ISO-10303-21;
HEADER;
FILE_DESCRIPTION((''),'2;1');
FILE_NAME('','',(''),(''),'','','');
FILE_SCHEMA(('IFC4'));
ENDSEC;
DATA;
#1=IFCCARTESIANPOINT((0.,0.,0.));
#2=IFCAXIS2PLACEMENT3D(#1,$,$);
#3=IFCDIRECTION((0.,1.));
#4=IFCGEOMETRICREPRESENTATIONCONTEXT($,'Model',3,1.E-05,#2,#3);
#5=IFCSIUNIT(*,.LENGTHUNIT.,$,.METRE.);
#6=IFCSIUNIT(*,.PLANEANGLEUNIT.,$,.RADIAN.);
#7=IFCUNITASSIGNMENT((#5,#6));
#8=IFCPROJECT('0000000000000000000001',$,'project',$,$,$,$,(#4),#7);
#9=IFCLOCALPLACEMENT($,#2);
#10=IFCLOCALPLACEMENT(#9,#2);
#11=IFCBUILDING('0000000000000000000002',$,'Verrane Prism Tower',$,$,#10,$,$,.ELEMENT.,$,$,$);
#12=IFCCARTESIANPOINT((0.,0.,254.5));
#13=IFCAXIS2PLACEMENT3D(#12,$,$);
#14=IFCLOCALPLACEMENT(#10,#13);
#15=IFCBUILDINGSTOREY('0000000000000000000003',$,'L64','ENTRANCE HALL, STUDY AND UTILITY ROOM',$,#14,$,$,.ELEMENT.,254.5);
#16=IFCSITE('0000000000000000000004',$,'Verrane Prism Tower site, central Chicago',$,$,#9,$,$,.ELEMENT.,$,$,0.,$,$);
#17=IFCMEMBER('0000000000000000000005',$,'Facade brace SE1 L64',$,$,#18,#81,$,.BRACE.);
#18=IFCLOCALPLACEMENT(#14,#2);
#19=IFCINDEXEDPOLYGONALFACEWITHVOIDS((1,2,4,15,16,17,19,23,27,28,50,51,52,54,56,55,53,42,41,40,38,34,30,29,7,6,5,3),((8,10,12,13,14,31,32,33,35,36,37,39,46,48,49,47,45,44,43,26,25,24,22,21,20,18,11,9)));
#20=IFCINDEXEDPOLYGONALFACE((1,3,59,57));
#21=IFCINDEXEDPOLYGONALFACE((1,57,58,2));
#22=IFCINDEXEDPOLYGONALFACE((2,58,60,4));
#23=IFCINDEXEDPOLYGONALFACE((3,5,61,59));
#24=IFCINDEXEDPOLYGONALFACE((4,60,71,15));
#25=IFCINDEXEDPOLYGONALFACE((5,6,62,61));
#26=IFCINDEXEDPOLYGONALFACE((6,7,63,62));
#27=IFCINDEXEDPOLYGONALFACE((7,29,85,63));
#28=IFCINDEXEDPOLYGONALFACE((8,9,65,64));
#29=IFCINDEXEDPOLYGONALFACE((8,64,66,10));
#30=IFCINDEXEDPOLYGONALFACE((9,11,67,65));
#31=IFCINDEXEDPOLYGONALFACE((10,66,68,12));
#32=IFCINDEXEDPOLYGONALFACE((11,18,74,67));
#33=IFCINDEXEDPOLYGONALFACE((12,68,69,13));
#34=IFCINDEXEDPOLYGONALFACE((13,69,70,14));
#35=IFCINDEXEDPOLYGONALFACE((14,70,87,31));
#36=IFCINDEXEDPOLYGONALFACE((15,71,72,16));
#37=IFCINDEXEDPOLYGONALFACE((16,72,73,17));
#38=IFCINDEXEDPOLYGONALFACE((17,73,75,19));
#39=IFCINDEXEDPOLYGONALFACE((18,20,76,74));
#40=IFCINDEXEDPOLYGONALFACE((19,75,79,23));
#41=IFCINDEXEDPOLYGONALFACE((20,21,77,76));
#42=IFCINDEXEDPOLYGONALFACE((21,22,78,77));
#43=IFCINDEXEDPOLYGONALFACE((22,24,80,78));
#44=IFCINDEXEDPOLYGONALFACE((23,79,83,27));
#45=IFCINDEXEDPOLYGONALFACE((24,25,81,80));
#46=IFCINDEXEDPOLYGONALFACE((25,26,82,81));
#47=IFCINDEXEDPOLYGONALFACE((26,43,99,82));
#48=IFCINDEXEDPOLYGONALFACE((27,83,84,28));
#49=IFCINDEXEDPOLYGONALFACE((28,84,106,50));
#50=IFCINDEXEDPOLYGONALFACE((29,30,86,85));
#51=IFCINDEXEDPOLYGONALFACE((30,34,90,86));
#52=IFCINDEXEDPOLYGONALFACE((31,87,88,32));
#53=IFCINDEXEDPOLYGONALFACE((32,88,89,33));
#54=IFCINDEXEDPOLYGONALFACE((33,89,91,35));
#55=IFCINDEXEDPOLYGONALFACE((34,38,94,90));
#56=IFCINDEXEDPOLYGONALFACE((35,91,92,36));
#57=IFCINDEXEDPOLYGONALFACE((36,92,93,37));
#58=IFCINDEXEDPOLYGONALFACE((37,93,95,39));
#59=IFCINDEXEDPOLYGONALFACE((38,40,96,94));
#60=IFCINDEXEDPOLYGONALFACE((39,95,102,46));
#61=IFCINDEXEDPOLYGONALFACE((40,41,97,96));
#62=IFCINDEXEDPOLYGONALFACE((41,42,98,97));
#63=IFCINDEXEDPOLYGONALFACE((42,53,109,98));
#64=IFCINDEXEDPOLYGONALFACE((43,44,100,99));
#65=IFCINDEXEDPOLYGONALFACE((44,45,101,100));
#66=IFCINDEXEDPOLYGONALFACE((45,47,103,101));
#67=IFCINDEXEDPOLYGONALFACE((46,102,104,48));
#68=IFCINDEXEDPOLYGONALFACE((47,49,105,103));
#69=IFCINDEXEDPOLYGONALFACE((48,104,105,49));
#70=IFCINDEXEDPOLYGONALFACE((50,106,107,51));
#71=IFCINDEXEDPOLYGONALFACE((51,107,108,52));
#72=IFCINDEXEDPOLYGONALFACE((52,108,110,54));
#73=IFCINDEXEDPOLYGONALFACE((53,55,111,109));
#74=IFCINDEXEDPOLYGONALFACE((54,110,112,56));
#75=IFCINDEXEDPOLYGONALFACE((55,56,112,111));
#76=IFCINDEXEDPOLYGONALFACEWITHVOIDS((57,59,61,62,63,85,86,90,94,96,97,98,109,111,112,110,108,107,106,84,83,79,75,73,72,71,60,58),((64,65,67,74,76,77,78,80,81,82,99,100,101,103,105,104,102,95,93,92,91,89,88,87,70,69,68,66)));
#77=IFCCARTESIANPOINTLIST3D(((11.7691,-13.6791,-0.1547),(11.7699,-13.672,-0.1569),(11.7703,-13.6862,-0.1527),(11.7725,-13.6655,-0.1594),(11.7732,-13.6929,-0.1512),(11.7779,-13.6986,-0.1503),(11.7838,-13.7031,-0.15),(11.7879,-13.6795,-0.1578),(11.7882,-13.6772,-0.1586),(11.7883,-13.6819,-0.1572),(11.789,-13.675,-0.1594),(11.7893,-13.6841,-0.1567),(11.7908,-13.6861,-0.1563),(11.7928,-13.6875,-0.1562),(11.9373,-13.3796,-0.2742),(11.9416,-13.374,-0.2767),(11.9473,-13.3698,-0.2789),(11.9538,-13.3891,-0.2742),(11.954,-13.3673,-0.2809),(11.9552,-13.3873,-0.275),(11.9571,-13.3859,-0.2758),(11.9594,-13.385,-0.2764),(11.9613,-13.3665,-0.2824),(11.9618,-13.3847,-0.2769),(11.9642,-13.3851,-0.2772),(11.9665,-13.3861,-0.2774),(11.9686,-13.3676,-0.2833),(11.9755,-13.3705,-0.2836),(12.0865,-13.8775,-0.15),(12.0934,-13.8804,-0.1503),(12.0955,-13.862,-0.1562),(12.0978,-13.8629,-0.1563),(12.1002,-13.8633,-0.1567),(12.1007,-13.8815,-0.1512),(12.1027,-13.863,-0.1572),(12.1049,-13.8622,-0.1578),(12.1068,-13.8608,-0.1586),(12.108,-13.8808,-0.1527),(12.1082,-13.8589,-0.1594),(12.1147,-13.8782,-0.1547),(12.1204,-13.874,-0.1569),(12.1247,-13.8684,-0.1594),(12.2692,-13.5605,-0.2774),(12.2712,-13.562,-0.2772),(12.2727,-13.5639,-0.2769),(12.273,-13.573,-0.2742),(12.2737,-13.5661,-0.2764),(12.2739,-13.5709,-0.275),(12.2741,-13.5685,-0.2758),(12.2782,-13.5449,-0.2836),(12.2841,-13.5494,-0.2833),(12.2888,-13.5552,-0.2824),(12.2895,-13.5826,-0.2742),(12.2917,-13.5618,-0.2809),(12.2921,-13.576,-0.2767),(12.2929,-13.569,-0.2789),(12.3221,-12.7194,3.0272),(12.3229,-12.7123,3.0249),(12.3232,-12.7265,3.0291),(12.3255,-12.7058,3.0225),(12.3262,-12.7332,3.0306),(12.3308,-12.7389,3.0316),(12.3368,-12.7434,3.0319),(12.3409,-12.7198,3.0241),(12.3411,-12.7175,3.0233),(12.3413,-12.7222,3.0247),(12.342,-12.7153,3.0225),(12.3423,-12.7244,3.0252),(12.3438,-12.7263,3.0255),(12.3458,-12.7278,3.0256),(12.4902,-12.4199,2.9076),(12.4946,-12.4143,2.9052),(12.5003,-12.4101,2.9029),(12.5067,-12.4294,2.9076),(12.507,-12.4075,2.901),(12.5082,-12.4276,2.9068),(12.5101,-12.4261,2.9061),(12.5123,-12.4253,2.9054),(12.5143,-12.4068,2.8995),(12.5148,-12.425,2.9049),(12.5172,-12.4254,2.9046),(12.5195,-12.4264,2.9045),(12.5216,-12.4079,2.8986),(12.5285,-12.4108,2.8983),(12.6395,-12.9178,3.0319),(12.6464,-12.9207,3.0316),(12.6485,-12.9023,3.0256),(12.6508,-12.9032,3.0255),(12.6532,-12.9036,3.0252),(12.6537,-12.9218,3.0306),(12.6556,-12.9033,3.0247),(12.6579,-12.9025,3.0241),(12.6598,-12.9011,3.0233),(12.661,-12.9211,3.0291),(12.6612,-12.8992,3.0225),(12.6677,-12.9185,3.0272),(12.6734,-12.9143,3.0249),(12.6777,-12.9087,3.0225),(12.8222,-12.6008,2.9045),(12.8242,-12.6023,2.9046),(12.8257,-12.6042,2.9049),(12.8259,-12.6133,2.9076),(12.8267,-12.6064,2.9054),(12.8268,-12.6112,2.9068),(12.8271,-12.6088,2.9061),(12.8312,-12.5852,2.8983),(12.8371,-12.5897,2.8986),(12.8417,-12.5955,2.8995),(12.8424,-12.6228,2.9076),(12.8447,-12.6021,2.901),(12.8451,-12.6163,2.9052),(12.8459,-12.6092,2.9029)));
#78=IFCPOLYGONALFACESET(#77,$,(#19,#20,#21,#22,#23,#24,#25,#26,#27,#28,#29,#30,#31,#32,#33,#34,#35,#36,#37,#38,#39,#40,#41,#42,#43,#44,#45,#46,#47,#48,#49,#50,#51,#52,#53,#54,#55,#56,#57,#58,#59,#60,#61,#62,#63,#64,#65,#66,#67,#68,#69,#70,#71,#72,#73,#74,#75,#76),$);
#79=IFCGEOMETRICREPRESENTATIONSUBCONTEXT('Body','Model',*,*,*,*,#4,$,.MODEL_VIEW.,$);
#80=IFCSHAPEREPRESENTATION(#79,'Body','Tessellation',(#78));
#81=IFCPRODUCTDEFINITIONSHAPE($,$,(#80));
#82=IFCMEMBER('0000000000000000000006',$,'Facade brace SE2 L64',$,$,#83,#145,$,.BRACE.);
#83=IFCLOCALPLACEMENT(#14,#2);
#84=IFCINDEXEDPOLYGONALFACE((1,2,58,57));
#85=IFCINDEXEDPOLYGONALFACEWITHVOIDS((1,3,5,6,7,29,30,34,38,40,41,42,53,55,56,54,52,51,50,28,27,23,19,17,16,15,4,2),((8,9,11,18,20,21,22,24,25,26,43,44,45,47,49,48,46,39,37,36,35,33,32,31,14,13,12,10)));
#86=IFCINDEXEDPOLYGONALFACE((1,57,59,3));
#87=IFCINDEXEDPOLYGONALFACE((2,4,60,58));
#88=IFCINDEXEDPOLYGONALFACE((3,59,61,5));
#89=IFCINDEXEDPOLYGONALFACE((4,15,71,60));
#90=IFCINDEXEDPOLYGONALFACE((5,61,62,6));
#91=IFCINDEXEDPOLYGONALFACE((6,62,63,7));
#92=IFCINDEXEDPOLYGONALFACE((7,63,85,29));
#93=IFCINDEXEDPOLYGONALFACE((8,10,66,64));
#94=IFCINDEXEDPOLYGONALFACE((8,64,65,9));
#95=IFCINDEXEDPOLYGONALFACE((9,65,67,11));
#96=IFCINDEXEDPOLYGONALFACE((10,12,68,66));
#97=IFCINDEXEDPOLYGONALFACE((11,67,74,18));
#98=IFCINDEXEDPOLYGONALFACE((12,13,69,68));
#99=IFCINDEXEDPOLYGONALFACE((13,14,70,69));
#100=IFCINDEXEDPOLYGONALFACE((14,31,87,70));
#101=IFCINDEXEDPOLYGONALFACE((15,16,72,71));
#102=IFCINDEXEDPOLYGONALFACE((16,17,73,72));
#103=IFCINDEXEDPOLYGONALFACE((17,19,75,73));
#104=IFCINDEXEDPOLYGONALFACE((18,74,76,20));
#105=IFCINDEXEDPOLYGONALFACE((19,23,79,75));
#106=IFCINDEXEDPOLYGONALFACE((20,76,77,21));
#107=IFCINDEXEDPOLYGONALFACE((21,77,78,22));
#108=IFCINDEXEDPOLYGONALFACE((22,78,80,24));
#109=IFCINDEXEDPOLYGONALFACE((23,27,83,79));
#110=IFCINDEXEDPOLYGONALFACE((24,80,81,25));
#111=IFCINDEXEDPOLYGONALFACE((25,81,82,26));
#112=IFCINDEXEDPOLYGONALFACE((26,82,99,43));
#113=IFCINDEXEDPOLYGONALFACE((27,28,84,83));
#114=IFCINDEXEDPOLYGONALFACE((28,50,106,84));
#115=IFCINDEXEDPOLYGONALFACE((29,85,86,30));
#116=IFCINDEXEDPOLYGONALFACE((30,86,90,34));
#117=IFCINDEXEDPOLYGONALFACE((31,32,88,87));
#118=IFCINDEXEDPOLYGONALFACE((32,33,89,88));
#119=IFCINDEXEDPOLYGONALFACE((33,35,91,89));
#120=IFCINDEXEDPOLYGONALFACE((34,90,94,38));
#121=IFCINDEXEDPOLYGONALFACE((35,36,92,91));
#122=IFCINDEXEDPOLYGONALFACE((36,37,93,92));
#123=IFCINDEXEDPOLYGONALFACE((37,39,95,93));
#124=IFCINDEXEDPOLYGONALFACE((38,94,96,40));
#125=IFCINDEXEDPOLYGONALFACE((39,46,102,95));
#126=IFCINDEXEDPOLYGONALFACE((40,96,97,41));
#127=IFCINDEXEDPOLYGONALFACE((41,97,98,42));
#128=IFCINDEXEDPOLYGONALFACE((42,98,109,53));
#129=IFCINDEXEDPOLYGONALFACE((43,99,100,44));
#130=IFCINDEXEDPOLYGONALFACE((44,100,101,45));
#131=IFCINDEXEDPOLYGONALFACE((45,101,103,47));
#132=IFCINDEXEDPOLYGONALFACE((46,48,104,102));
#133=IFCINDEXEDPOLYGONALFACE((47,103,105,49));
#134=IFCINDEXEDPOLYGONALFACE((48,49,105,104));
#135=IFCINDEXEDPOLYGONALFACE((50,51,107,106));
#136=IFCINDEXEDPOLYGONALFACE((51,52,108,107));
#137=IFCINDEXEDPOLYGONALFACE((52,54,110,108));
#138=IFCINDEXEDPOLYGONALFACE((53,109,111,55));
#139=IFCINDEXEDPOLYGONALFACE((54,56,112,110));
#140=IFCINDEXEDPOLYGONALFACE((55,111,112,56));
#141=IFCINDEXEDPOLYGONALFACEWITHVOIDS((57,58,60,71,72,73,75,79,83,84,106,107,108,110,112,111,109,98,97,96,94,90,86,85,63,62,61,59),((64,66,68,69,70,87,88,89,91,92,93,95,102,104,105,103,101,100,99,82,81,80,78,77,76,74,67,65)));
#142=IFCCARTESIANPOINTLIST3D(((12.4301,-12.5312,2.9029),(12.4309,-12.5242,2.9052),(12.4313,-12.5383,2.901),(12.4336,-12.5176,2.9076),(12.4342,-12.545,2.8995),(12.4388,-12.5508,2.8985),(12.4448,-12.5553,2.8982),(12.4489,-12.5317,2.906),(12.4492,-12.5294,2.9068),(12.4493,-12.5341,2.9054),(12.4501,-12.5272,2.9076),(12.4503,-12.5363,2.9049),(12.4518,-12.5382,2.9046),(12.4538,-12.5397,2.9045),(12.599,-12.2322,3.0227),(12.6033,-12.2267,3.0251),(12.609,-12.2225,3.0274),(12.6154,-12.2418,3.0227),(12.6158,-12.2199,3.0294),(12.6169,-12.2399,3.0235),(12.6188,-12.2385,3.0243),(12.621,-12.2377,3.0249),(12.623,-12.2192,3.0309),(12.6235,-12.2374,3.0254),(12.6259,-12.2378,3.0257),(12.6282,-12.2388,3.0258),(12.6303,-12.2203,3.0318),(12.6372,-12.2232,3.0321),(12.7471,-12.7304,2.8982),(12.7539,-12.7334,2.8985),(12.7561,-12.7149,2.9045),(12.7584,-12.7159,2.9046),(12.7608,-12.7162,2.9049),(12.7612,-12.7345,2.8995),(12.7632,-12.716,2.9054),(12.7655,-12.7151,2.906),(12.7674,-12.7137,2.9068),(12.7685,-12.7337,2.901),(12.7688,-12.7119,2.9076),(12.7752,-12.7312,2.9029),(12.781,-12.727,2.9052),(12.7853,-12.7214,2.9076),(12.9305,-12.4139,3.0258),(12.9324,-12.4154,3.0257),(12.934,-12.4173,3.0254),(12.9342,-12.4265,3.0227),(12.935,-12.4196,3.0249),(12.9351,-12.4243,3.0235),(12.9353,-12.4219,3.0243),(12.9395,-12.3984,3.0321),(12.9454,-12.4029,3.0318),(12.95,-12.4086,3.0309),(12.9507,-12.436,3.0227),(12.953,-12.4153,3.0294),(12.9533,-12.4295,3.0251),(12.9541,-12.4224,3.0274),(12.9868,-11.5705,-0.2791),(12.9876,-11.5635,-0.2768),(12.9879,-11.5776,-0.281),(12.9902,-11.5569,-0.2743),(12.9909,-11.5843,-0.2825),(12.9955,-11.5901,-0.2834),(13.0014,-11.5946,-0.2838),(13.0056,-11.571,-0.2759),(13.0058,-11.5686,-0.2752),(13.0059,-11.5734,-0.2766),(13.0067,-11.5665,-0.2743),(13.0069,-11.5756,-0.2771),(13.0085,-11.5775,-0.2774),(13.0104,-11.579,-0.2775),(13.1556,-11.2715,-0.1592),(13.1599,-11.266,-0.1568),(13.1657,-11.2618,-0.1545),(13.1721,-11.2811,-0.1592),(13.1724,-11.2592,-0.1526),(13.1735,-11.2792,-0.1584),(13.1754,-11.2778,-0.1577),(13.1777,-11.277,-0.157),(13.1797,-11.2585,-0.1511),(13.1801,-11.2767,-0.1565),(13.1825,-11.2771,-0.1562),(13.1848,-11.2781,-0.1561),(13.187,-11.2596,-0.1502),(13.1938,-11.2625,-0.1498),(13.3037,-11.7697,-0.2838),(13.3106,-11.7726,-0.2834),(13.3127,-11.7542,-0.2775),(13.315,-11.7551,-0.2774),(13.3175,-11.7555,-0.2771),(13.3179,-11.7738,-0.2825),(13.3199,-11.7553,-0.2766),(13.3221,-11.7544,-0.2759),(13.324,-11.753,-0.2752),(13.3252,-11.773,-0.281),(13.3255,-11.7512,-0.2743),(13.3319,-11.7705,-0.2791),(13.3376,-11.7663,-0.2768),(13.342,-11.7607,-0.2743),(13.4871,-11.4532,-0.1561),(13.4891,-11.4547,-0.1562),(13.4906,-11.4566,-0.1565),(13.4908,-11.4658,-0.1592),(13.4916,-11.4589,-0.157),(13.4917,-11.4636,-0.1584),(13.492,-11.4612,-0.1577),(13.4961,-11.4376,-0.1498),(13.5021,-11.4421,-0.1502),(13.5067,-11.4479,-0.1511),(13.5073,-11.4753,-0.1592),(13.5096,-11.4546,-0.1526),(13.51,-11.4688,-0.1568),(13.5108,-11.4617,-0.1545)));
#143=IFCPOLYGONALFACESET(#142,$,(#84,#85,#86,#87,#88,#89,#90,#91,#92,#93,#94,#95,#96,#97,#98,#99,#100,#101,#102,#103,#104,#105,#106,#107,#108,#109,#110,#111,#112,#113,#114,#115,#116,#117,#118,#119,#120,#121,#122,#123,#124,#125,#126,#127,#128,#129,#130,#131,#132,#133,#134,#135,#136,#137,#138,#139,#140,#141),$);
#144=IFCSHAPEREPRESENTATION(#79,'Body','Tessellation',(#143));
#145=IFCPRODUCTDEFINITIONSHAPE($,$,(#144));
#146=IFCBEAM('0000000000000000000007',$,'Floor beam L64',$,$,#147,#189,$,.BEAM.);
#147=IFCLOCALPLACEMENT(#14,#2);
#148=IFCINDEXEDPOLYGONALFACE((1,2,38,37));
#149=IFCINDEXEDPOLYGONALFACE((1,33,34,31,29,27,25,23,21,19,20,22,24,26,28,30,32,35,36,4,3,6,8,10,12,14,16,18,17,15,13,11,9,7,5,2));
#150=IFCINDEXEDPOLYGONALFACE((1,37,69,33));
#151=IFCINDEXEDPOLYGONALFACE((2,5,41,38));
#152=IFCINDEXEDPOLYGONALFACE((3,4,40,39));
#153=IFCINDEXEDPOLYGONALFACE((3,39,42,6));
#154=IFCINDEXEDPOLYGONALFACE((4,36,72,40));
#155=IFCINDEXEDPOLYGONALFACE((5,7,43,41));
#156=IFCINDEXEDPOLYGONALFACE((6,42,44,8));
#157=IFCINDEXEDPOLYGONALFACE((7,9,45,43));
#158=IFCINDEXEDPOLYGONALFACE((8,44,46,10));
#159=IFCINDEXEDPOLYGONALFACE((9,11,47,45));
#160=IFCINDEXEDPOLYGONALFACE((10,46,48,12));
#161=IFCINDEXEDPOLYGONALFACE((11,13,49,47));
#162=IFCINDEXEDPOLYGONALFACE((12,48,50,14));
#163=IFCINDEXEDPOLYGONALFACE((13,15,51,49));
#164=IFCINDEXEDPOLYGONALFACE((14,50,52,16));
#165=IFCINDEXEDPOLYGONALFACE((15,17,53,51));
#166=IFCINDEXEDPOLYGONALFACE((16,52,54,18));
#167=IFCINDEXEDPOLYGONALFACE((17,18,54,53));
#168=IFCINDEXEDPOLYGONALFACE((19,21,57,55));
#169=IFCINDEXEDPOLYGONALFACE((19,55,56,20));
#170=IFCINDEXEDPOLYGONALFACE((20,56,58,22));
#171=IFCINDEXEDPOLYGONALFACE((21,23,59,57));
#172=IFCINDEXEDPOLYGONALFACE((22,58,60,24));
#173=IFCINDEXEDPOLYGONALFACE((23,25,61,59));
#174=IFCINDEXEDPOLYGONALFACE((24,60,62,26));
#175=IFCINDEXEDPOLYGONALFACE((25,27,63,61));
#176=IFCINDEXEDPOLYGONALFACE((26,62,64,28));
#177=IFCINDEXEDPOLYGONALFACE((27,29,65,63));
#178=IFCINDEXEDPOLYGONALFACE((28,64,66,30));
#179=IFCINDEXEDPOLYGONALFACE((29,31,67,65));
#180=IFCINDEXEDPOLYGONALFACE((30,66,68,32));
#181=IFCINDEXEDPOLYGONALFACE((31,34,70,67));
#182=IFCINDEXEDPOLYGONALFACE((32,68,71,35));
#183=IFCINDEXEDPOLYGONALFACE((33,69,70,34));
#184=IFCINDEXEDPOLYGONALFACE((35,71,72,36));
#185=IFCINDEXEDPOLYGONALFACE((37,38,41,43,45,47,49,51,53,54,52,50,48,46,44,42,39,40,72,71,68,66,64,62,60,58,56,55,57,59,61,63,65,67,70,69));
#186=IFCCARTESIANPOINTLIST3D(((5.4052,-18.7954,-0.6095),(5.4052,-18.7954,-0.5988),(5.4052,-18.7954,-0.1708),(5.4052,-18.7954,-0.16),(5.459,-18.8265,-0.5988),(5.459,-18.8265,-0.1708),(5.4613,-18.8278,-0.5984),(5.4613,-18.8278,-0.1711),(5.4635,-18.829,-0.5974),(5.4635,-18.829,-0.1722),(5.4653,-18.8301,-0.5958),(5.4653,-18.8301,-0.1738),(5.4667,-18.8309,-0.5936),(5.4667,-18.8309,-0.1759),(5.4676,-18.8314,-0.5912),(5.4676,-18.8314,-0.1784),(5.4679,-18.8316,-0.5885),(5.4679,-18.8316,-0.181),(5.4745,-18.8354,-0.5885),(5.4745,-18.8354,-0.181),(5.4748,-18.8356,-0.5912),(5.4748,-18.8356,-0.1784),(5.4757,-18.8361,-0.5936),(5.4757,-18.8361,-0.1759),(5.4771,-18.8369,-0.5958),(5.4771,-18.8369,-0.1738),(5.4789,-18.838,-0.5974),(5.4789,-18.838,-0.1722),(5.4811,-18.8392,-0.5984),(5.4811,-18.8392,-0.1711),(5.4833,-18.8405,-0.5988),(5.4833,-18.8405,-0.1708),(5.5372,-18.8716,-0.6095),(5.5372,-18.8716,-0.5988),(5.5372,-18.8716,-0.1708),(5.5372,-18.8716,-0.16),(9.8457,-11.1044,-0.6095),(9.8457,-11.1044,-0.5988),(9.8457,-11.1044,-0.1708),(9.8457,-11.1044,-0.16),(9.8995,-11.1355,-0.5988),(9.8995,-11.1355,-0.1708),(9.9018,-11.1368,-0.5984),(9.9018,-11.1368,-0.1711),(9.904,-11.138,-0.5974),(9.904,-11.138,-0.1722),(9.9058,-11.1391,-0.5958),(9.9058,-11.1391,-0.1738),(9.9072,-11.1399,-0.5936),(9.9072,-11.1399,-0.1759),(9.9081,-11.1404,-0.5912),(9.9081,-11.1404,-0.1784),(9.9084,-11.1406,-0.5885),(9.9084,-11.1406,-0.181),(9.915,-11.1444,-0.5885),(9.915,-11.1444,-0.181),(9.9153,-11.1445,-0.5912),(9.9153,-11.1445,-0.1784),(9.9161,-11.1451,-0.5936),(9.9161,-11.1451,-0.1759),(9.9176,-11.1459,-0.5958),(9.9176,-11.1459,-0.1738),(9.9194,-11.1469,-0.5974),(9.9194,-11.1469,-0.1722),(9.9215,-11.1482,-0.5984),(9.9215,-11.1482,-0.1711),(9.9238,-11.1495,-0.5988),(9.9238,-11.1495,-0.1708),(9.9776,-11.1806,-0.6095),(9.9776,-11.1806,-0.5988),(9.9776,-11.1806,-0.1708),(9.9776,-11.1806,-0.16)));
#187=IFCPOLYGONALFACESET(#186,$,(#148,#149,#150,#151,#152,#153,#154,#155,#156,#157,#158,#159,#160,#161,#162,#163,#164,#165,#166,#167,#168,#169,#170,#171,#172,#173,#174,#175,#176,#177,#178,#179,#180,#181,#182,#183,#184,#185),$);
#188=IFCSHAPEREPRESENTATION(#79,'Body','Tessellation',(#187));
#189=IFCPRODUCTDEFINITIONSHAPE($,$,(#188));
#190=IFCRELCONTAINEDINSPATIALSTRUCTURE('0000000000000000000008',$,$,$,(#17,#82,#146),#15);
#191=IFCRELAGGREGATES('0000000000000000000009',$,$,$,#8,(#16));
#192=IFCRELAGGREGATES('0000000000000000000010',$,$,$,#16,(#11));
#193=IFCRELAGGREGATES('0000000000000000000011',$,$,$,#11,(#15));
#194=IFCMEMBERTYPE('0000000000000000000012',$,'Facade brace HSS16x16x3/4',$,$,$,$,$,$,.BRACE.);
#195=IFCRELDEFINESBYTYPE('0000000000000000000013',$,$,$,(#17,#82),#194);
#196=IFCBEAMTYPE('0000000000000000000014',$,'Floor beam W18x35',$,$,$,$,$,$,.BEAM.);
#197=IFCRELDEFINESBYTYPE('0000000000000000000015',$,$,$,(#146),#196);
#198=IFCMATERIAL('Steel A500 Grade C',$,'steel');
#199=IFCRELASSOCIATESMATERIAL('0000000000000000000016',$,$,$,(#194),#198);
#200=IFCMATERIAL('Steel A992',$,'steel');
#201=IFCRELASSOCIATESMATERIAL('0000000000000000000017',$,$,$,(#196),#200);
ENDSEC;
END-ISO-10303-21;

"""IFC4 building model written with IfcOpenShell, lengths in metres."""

from ifc_helpers import new_model, si_unit, direction, frame, origin, origin_2d, place, context, subcontext, project, spatial, hollow_rectangle, i_section, extrude, material, material_profile, profile_set, type_object, element, save


model = new_model("IFC4")

# Units and contexts
model_context = context("Model", 3, precision=1e-05, world=origin(), true_north=direction((0.0, 1.0)))
body_context = subcontext(model_context, "Body", "Model", "MODEL_VIEW")
ifc_project = project(units=[si_unit("LENGTHUNIT", "METRE"), si_unit("PLANEANGLEUNIT", "RADIAN")], contexts=[model_context])

# Site, building, storey
site_placement = place(None, origin())
site = spatial("IfcSite", under=ifc_project, at=site_placement, Name="Verrane Prism Tower site, central Chicago", CompositionType="ELEMENT", RefElevation=0.0)
building_placement = place(site_placement, origin())
building = spatial("IfcBuilding", under=site, at=building_placement, Name="Verrane Prism Tower", CompositionType="ELEMENT")
storey_placement = place(building_placement, frame((0.0, 0.0, 254.5)))
storey = spatial("IfcBuildingStorey", under=building, at=storey_placement, Name="L64", Description="ENTRANCE HALL, STUDY AND UTILITY ROOM", CompositionType="ELEMENT", Elevation=254.5)

# Members
ifc_material_1 = material(Name="Steel A500 Grade C", Category="steel")
ifc_material_profile_1 = material_profile(ifc_material_1, hollow_rectangle(XDim=0.4065, YDim=0.4065, WallThickness=0.019, InnerFilletRadius=0.0095, OuterFilletRadius=0.0286, at=origin_2d()), Name="HSS16x16x3/4")
ifc_profile_set_1 = profile_set([ifc_material_profile_1], Name="Steel A500 Grade C")
member_type_1 = type_object("IfcMemberType", Name="Facade brace HSS16x16x3/4", PredefinedType="BRACE", material=ifc_profile_set_1)
member_1_placement = place(storey_placement, frame((12.031, -13.624, -0.2168), z_axis=(0.16413, 0.284854, 0.944415), x_axis=(-0.866461, 0.499245, 0.0)))
element("IfcMember", 1, at=member_1_placement, inside=storey, type_object=member_type_1, Name="Facade brace SE1 L64", PredefinedType="BRACE", context=body_context, shape_type="SweptSolid", body=[
    extrude(hollow_rectangle(XDim=0.4065, YDim=0.4065, WallThickness=0.019, InnerFilletRadius=0.0095, OuterFilletRadius=0.0286, at=origin_2d()), origin(), (0.0, 0.0, 1.0), 3.3691),
])
member_2_placement = place(storey_placement, frame((13.2488, -11.5161, -0.2168), z_axis=(-0.165173, -0.285069, 0.944168), x_axis=(0.865251, -0.50134, 0.0)))
element("IfcMember", 2, at=member_2_placement, inside=storey, type_object=member_type_1, Name="Facade brace SE2 L64", PredefinedType="BRACE", context=body_context, shape_type="SweptSolid", body=[
    extrude(hollow_rectangle(XDim=0.4065, YDim=0.4065, WallThickness=0.019, InnerFilletRadius=0.0095, OuterFilletRadius=0.0286, at=origin_2d()), origin(), (0.0, 0.0, 1.0), 3.3701),
])

# Beam
ifc_material_2 = material(Name="Steel A992", Category="steel")
ifc_material_profile_2 = material_profile(ifc_material_2, i_section(OverallWidth=0.1523, OverallDepth=0.4495, WebThickness=0.0076, FlangeThickness=0.0107, FilletRadius=0.0103, at=origin_2d()), Name="W18x35")
ifc_profile_set_2 = profile_set([ifc_material_profile_2], Name="Steel A992")
beam_type_1 = type_object("IfcBeamType", Name="Floor beam W18x35", PredefinedType="BEAM", material=ifc_profile_set_2)
beam_1_placement = place(storey_placement, frame((5.4712, -18.8335, -0.3848), z_axis=(0.500006, 0.866022, 0.0), x_axis=(-0.866022, 0.500006, 0.0)))
element("IfcBeam", 3, at=beam_1_placement, inside=storey, type_object=beam_type_1, Name="Floor beam L64", PredefinedType="BEAM", context=body_context, shape_type="SweptSolid", body=[
    extrude(i_section(OverallWidth=0.1523, OverallDepth=0.4495, WebThickness=0.0076, FlangeThickness=0.0107, FilletRadius=0.0103, at=origin_2d()), origin(), (0.0, 0.0, 1.0), 8.8809),
])

save(model, "model.ifc")
